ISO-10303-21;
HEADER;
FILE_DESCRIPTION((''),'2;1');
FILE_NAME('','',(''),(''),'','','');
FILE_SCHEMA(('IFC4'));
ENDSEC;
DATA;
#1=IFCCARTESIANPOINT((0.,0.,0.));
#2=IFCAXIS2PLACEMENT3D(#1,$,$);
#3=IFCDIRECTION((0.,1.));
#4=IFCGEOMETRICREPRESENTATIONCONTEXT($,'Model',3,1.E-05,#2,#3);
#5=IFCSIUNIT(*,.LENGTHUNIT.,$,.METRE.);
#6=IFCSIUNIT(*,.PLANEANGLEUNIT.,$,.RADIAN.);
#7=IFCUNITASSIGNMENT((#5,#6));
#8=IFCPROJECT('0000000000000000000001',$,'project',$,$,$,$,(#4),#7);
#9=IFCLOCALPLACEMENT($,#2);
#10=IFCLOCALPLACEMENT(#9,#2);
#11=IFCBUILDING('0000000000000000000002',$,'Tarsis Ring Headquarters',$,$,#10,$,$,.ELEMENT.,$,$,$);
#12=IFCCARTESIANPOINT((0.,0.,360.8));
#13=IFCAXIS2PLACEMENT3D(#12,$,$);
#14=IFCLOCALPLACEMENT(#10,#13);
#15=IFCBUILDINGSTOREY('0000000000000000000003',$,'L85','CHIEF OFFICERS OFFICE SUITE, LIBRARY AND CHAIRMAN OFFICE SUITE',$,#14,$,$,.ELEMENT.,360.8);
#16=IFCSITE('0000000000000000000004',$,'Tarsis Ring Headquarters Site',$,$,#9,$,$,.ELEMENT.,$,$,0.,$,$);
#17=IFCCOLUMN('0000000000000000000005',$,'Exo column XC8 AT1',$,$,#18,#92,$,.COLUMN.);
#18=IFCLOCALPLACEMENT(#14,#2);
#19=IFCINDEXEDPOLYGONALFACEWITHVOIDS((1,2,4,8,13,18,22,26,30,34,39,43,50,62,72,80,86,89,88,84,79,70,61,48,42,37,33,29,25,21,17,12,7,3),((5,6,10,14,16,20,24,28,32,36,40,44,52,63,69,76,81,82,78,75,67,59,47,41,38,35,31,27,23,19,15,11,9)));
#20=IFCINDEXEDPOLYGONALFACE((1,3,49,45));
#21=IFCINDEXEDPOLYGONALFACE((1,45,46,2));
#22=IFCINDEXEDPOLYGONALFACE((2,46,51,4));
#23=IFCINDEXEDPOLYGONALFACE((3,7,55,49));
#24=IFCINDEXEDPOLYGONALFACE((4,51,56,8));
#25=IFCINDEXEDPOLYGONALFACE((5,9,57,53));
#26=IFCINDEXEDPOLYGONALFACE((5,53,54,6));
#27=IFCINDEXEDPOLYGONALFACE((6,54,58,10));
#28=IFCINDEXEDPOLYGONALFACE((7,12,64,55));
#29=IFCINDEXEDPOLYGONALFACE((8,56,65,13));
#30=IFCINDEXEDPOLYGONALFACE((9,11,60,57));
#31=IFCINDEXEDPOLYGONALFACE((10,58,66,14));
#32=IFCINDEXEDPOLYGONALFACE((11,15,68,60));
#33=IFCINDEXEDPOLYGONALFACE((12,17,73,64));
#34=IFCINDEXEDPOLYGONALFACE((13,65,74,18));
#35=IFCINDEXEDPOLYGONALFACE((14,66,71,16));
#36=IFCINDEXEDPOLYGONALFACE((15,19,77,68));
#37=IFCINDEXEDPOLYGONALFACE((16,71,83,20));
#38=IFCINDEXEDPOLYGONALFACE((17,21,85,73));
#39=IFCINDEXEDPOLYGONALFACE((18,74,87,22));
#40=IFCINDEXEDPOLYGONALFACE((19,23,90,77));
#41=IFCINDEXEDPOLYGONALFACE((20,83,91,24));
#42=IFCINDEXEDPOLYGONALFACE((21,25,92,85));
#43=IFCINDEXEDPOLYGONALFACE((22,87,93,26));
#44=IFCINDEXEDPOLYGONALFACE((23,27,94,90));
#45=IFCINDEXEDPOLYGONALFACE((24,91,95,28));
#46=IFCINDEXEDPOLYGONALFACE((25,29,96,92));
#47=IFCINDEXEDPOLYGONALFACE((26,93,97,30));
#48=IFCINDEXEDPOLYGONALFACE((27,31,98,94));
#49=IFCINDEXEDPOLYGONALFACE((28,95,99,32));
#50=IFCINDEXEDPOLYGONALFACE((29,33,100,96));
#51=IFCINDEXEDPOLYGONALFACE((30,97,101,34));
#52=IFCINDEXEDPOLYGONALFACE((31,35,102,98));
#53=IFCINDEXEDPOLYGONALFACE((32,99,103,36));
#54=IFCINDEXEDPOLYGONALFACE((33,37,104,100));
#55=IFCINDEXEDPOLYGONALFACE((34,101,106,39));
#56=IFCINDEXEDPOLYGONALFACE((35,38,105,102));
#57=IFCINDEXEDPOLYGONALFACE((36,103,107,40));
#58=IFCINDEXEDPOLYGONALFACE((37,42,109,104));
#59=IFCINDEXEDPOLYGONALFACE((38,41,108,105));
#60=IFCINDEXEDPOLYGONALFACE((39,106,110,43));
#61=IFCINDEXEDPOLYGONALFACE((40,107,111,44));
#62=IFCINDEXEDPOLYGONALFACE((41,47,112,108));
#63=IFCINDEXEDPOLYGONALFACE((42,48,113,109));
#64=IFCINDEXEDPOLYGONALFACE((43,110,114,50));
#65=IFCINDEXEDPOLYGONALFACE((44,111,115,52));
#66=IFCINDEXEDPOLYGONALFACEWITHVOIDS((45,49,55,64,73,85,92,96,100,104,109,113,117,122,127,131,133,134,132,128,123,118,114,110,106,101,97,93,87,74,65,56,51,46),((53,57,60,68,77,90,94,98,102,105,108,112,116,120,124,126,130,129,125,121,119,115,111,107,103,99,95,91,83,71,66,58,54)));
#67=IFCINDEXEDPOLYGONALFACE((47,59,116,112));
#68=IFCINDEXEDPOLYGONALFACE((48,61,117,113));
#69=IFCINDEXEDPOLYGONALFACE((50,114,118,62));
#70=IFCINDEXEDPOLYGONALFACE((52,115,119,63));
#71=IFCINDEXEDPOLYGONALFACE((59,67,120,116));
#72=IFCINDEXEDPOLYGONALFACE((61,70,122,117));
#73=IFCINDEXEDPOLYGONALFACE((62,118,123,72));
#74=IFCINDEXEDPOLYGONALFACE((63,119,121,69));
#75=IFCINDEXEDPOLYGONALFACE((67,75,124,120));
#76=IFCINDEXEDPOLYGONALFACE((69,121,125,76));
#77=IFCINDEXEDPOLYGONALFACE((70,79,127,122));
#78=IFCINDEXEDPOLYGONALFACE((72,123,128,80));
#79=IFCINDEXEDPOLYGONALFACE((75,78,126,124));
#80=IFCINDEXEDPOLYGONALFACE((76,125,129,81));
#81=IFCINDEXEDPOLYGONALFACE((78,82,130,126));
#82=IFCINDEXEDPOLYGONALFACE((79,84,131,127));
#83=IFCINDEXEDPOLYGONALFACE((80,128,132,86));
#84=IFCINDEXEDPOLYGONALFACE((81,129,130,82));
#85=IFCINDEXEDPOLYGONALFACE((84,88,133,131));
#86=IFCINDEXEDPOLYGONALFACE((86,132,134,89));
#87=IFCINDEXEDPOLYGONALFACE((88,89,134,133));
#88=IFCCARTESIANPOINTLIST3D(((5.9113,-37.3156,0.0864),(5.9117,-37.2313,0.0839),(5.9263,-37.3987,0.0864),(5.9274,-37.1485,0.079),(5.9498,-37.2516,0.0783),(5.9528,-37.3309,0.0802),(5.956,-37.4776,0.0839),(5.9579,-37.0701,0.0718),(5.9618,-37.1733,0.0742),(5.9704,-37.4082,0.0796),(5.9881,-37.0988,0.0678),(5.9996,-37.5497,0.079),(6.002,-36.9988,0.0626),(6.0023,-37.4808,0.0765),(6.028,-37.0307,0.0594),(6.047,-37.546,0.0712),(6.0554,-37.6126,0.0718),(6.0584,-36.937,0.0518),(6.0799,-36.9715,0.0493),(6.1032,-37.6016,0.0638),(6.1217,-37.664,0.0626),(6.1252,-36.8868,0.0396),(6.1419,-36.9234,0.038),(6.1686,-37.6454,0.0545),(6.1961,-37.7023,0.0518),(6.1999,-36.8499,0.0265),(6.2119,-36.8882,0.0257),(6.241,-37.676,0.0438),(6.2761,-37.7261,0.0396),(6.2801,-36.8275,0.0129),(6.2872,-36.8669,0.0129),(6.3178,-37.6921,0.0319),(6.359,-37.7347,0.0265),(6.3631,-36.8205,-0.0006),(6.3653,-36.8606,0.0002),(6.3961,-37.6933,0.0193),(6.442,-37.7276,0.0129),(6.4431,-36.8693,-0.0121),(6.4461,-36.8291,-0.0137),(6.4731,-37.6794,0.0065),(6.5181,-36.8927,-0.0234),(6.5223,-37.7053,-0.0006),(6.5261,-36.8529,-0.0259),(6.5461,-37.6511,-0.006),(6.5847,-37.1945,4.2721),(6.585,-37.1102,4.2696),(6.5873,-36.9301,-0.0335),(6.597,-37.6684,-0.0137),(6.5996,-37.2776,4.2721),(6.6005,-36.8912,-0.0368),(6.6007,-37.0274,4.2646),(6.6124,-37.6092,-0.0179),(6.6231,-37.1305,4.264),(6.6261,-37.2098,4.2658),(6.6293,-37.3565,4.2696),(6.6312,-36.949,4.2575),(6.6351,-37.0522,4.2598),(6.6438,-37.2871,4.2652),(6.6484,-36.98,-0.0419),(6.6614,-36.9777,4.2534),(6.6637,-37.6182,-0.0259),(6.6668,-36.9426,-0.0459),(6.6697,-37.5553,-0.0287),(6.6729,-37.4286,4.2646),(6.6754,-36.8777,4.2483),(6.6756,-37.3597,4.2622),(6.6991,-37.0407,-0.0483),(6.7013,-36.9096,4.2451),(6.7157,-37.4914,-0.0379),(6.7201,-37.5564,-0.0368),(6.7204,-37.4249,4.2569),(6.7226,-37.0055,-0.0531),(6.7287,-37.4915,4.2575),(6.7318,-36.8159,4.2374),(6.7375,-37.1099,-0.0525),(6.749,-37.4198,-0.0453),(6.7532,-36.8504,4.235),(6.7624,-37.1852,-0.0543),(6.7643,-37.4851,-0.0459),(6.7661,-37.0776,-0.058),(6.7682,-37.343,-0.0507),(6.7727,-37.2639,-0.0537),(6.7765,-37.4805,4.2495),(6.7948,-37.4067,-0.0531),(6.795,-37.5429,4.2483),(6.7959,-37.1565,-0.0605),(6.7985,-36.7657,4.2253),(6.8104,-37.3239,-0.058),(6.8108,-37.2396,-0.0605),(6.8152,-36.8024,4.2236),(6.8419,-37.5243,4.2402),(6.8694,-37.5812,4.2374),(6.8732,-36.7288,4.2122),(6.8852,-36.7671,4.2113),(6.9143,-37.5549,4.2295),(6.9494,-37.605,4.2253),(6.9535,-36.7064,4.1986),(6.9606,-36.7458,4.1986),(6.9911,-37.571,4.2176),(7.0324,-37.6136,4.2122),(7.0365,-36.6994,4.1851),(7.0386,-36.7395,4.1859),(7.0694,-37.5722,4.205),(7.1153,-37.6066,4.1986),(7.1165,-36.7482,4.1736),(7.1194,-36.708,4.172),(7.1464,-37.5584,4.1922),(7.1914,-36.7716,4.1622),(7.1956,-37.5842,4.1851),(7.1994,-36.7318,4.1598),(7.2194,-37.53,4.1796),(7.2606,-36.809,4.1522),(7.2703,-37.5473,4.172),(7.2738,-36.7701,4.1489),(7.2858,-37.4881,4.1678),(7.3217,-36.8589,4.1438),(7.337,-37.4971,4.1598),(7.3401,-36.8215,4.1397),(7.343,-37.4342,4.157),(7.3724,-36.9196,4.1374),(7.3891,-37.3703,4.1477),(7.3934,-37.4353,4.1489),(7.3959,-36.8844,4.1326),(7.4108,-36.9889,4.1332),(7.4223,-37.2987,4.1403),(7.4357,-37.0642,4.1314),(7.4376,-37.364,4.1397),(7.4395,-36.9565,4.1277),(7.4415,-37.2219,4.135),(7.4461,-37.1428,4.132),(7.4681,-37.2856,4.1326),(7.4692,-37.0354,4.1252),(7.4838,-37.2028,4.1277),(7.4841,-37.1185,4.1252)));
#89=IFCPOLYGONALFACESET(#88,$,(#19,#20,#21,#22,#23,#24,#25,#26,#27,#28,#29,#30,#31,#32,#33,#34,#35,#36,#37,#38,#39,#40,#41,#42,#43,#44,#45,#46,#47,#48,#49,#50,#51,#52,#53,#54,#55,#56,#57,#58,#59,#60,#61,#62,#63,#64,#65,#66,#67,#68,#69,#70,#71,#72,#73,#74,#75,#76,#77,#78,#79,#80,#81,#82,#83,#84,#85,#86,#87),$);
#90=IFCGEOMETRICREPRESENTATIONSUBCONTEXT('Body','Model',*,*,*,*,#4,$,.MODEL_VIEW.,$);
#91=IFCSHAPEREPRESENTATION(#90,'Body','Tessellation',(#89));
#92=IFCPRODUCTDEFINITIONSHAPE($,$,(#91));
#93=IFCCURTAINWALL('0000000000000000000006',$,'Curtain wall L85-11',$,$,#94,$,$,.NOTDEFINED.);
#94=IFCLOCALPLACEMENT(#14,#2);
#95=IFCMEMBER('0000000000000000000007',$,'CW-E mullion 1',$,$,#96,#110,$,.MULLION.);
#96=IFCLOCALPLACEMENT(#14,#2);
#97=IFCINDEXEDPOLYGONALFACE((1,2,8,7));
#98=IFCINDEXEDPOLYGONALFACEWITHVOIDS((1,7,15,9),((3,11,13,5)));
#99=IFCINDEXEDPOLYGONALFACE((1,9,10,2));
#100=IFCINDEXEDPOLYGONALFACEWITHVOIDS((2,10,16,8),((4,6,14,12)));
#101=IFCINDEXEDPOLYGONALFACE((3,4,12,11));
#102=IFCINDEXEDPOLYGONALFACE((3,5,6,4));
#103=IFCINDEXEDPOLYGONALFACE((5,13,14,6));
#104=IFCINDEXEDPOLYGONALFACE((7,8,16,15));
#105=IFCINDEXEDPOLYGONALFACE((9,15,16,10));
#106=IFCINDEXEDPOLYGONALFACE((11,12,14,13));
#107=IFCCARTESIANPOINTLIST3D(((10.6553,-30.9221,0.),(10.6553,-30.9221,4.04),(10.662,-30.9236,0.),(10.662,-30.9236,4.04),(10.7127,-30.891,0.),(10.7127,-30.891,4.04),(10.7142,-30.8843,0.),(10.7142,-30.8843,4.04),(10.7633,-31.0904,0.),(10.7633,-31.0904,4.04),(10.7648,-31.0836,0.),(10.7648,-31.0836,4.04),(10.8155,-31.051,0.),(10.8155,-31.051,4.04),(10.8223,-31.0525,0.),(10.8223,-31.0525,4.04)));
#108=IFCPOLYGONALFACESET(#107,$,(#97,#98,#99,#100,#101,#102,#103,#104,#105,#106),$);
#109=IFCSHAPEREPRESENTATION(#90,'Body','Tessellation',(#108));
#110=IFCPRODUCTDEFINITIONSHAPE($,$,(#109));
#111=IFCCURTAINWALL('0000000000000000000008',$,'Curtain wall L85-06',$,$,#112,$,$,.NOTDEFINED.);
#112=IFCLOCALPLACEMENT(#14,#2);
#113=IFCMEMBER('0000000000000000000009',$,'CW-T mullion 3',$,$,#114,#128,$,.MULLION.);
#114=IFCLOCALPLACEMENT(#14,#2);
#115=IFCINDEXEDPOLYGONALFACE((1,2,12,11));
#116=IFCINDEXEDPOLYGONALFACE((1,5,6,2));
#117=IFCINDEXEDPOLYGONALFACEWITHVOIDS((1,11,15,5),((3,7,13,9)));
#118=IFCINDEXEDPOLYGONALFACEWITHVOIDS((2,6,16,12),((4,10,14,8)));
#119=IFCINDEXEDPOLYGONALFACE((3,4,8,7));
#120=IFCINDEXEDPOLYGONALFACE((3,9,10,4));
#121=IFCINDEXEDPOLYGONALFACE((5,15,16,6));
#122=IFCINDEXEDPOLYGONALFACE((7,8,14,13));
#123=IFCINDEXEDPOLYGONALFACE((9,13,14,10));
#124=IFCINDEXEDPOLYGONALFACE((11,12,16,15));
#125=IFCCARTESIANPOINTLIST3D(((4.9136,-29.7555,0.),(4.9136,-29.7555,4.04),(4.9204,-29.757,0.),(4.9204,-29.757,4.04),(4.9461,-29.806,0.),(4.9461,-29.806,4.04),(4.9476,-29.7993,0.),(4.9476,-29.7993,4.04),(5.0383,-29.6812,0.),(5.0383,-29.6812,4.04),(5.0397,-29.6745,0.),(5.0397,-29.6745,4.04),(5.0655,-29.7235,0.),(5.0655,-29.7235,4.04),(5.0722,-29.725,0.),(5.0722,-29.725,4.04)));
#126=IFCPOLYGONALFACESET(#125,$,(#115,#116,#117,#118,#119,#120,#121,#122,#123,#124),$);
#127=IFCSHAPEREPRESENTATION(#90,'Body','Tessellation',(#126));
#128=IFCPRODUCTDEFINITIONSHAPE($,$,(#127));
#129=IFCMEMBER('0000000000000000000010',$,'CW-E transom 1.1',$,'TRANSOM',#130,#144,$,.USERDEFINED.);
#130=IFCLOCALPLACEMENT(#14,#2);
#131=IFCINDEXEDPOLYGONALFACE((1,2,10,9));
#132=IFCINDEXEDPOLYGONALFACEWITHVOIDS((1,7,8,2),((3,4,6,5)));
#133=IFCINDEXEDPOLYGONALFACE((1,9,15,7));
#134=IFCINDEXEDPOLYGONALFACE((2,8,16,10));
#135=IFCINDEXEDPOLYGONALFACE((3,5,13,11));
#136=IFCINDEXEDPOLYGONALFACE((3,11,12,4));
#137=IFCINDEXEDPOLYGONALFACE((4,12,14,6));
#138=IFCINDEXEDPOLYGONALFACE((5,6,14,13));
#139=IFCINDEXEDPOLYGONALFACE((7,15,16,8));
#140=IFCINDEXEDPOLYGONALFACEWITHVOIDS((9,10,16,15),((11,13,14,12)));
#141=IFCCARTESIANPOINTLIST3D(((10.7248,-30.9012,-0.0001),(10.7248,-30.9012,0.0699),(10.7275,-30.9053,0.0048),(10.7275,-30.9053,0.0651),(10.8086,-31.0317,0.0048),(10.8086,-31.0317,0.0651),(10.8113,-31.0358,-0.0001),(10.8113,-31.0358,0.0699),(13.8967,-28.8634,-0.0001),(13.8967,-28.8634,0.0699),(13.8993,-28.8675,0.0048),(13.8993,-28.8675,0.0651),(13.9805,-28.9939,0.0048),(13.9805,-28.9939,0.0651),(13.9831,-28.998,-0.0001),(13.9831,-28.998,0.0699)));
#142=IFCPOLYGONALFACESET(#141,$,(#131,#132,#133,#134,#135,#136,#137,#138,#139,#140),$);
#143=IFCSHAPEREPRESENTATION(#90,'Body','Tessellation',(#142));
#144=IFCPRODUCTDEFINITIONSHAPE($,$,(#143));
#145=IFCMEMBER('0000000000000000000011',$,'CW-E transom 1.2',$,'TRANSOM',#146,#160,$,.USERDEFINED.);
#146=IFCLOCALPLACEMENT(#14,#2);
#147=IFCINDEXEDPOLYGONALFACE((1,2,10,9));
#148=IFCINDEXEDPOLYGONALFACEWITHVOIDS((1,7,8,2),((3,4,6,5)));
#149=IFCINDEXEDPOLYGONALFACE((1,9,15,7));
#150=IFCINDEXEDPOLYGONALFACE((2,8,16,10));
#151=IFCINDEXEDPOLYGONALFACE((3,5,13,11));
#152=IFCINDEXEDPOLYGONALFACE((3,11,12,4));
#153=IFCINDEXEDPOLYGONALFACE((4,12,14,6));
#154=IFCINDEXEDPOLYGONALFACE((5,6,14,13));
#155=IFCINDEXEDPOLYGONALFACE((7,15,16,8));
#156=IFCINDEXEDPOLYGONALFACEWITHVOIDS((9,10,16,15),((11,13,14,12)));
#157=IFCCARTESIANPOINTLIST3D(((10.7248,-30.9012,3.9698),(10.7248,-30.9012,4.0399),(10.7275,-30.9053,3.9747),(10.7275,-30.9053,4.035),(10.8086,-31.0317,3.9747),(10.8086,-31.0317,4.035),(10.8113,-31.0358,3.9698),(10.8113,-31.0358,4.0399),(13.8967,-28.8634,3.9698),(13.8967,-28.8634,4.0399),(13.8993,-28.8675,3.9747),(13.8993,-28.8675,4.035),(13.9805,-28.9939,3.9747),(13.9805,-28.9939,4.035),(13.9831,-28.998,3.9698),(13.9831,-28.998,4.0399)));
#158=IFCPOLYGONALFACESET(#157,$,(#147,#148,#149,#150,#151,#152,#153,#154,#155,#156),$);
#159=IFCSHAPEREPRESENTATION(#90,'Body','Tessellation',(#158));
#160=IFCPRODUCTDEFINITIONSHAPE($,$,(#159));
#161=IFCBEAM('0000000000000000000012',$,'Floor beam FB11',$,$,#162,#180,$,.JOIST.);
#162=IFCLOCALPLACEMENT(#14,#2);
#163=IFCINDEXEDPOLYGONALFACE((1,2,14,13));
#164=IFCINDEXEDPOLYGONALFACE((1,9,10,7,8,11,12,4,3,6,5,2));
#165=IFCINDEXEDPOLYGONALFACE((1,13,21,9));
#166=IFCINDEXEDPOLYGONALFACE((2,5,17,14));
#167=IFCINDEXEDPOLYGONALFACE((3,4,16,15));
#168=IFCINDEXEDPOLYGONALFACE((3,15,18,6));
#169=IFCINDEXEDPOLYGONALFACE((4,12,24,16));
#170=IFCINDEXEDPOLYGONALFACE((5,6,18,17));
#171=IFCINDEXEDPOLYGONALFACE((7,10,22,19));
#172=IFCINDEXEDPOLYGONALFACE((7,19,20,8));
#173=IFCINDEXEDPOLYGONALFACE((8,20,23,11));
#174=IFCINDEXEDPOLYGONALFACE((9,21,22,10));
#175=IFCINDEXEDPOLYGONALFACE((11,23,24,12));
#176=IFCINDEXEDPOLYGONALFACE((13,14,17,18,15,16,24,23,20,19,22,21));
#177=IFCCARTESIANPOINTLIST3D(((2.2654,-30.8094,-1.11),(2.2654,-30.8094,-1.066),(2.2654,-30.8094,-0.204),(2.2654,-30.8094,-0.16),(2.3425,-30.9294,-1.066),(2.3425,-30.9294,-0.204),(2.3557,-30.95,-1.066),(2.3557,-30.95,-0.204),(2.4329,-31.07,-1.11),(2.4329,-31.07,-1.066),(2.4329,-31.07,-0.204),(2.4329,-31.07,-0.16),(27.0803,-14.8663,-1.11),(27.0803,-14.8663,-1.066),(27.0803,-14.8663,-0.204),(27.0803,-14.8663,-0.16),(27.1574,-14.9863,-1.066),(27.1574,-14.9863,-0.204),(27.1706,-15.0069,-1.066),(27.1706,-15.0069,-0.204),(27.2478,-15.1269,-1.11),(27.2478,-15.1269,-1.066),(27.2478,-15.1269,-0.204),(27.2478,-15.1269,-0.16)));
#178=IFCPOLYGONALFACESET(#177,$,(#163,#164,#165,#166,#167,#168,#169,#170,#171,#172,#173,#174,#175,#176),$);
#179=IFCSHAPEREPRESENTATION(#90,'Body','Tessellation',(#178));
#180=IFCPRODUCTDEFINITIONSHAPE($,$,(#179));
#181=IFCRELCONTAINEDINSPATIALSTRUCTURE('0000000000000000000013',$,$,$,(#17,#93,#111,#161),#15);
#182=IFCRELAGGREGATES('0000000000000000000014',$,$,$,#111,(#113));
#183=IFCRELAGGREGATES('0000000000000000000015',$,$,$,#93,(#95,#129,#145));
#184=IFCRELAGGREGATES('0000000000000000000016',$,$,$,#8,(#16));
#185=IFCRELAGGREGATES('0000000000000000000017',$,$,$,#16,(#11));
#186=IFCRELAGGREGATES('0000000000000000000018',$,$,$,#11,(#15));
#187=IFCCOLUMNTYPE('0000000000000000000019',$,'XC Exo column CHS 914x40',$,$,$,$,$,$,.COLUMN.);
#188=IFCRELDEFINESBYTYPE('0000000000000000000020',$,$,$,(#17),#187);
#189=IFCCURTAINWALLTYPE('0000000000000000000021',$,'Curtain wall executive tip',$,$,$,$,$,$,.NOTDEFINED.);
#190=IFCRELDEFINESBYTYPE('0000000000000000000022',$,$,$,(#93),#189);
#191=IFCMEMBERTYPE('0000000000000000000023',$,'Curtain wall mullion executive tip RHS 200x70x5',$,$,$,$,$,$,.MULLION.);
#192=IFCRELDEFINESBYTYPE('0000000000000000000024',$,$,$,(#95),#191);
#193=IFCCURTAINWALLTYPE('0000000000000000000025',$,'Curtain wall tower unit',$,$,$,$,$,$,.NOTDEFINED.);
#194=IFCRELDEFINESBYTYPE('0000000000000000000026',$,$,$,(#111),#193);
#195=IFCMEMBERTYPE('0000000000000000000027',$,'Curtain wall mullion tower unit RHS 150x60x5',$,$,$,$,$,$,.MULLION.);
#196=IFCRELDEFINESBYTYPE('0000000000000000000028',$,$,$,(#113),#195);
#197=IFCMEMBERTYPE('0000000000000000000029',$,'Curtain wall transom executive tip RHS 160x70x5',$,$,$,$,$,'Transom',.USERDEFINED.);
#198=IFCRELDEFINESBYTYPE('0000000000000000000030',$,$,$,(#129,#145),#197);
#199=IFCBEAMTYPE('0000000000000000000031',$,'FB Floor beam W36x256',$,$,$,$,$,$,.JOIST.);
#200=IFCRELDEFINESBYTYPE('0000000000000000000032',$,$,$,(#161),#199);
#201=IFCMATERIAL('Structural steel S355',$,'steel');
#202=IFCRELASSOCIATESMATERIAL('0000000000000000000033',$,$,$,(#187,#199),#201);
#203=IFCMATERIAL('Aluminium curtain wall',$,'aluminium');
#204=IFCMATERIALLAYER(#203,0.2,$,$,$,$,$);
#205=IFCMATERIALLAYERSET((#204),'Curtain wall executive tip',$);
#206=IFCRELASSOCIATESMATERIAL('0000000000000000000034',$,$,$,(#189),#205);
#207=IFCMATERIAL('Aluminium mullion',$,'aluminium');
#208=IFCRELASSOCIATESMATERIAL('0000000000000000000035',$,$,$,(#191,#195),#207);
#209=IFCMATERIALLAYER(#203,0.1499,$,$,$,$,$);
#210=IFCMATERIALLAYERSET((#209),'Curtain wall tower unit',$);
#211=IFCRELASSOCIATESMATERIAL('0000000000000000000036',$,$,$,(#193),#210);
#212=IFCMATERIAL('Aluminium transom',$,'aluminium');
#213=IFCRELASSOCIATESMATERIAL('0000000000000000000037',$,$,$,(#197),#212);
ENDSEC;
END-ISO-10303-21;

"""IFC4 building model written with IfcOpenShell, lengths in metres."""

from ifc_helpers import new_model, si_unit, direction, frame, origin, origin_2d, place, context, subcontext, project, spatial, hollow_rectangle, hollow_circle, i_section, extrude, material, layer, layer_set, material_profile, profile_set, type_object, element, aggregate, save


model = new_model("IFC4")

# Units and contexts
model_context = context("Model", 3, precision=1e-05, world=origin(), true_north=direction((0.0, 1.0)))
body_context = subcontext(model_context, "Body", "Model", "MODEL_VIEW")
ifc_project = project(units=[si_unit("LENGTHUNIT", "METRE"), si_unit("PLANEANGLEUNIT", "RADIAN")], contexts=[model_context])

# Site, building, storey
site_placement = place(None, origin())
site = spatial("IfcSite", under=ifc_project, at=site_placement, Name="Tarsis Ring Headquarters Site", CompositionType="ELEMENT", RefElevation=0.0)
building_placement = place(site_placement, origin())
building = spatial("IfcBuilding", under=site, at=building_placement, Name="Tarsis Ring Headquarters", CompositionType="ELEMENT")
storey_placement = place(building_placement, frame((0.0, 0.0, 360.8)))
storey = spatial("IfcBuildingStorey", under=building, at=storey_placement, Name="L85", Description="CHIEF OFFICERS OFFICE SUITE, LIBRARY AND CHAIRMAN OFFICE SUITE", CompositionType="ELEMENT", Elevation=360.8)

# Column
ifc_material_1 = material(Name="Structural steel S355", Category="steel")
ifc_material_profile_1 = material_profile(ifc_material_1, hollow_circle(Radius=0.457, WallThickness=0.04, at=origin_2d()), Name="CHS 914x40")
ifc_profile_set_1 = profile_set([ifc_material_profile_1], Name="Structural steel S355")
column_type = type_object("IfcColumnType", Name="XC Exo column CHS 914x40", PredefinedType="COLUMN", material=ifc_profile_set_1)
column_placement = place(storey_placement, frame((6.3611, -37.2776, 0.0129), z_axis=(0.158757, 0.028551, 0.986905), x_axis=(-0.177001, 0.984211, 0.0)))
element("IfcColumn", 1, at=column_placement, inside=storey, type_object=column_type, Name="Exo column XC8 AT1", PredefinedType="COLUMN", context=body_context, shape_type="SweptSolid", body=[
    extrude(hollow_circle(Radius=0.4573, WallThickness=0.04, at=origin_2d()), origin(), (0.0, 0.0, 1.0), 4.2412),
])

# Curtain walls, members
ifc_material_2 = material(Name="Aluminium curtain wall", Category="aluminium")
ifc_layer_1 = layer(ifc_material_2, 0.2)
ifc_layer_set_1 = layer_set([ifc_layer_1], Name="Curtain wall executive tip")
curtain_wall_type_1 = type_object("IfcCurtainWallType", Name="Curtain wall executive tip", PredefinedType="NOTDEFINED", material=ifc_layer_set_1)
curtain_wall_1_placement = place(storey_placement, origin())
curtain_wall_1 = element("IfcCurtainWall", 2, at=curtain_wall_1_placement, inside=storey, type_object=curtain_wall_type_1, Name="Curtain wall L85-11", PredefinedType="NOTDEFINED")
ifc_material_3 = material(Name="Aluminium mullion", Category="aluminium")
ifc_material_profile_2 = material_profile(ifc_material_3, hollow_rectangle(XDim=0.2, YDim=0.0701, WallThickness=0.0049, at=origin_2d()), Name="RHS 200x70x5")
ifc_profile_set_2 = profile_set([ifc_material_profile_2], Name="Aluminium mullion")
member_type_1 = type_object("IfcMemberType", Name="Curtain wall mullion executive tip RHS 200x70x5", PredefinedType="MULLION", material=ifc_profile_set_2)
member_1_placement = place(storey_placement, frame((10.7388, -30.9873, 0.0), z_axis=(0.0, 0.0, 1.0), x_axis=(-0.540534, 0.841322, 0.0)))
member_1 = element("IfcMember", 3, at=member_1_placement, type_object=member_type_1, Name="CW-E mullion 1", PredefinedType="MULLION", context=body_context, shape_type="SweptSolid", body=[
    extrude(hollow_rectangle(XDim=0.2, YDim=0.0701, WallThickness=0.0049, at=origin_2d()), origin(), (0.0, 0.0, 1.0), 4.04),
])
ifc_layer_2 = layer(ifc_material_2, 0.1499)
ifc_layer_set_2 = layer_set([ifc_layer_2], Name="Curtain wall tower unit")
curtain_wall_type_2 = type_object("IfcCurtainWallType", Name="Curtain wall tower unit", PredefinedType="NOTDEFINED", material=ifc_layer_set_2)
curtain_wall_2_placement = place(storey_placement, origin())
curtain_wall_2 = element("IfcCurtainWall", 4, at=curtain_wall_2_placement, inside=storey, type_object=curtain_wall_type_2, Name="Curtain wall L85-06", PredefinedType="NOTDEFINED")
ifc_material_profile_3 = material_profile(ifc_material_3, hollow_rectangle(XDim=0.1499, YDim=0.0601, WallThickness=0.0049, at=origin_2d()), Name="RHS 150x60x5")
ifc_profile_set_3 = profile_set([ifc_material_profile_3], Name="Aluminium mullion")
member_type_2 = type_object("IfcMemberType", Name="Curtain wall mullion tower unit RHS 150x60x5", PredefinedType="MULLION", material=ifc_profile_set_3)
member_2_placement = place(storey_placement, frame((4.9929, -29.7402, 0.0), z_axis=(0.0, 0.0, 1.0), x_axis=(0.841322, 0.540534, 0.0)))
member_2 = element("IfcMember", 5, at=member_2_placement, type_object=member_type_2, Name="CW-T mullion 3", PredefinedType="MULLION", context=body_context, shape_type="SweptSolid", body=[
    extrude(hollow_rectangle(XDim=0.1499, YDim=0.0601, WallThickness=0.0049, at=origin_2d()), origin(), (0.0, 0.0, 1.0), 4.04),
])
aggregate(curtain_wall_2, [member_2])

# Members
ifc_material_4 = material(Name="Aluminium transom", Category="aluminium")
ifc_material_profile_4 = material_profile(ifc_material_4, hollow_rectangle(XDim=0.1599, YDim=0.0701, WallThickness=0.0049, at=origin_2d()), Name="RHS 160x70x5")
ifc_profile_set_4 = profile_set([ifc_material_profile_4], Name="Aluminium transom")
member_type_3 = type_object("IfcMemberType", Name="Curtain wall transom executive tip RHS 160x70x5", ElementType="Transom", PredefinedType="USERDEFINED", material=ifc_profile_set_4)
member_3_placement = place(storey_placement, frame((10.7681, -30.9685, 0.0349), z_axis=(0.841326, 0.540528, 0.0), x_axis=(-0.540528, 0.841326, 0.0)))
member_3 = element("IfcMember", 6, at=member_3_placement, type_object=member_type_3, Name="CW-E transom 1.1", ObjectType="TRANSOM", PredefinedType="USERDEFINED", context=body_context, shape_type="SweptSolid", body=[
    extrude(hollow_rectangle(XDim=0.1599, YDim=0.0701, WallThickness=0.0049, at=origin_2d()), origin(), (0.0, 0.0, 1.0), 3.77),
])
member_4_placement = place(storey_placement, frame((10.7681, -30.9685, 4.0049), z_axis=(0.841326, 0.540528, 0.0), x_axis=(-0.540528, 0.841326, 0.0)))
member_4 = element("IfcMember", 7, at=member_4_placement, type_object=member_type_3, Name="CW-E transom 1.2", ObjectType="TRANSOM", PredefinedType="USERDEFINED", context=body_context, shape_type="SweptSolid", body=[
    extrude(hollow_rectangle(XDim=0.1599, YDim=0.0701, WallThickness=0.0049, at=origin_2d()), origin(), (0.0, 0.0, 1.0), 3.77),
])

# Beam
ifc_material_profile_5 = material_profile(ifc_material_1, i_section(OverallWidth=0.3098, OverallDepth=0.95, WebThickness=0.0244, FlangeThickness=0.0439, at=origin_2d()), Name="W36x256")
ifc_profile_set_5 = profile_set([ifc_material_profile_5], Name="Structural steel S355")
beam_type_1 = type_object("IfcBeamType", Name="FB Floor beam W36x256", PredefinedType="JOIST", material=ifc_profile_set_5)
beam_1_placement = place(storey_placement, frame((2.3491, -30.9397, -0.635), z_axis=(0.841323, 0.540533, 0.0), x_axis=(-0.540533, 0.841323, 0.0)))
element("IfcBeam", 8, at=beam_1_placement, inside=storey, type_object=beam_type_1, Name="Floor beam FB11", PredefinedType="JOIST", context=body_context, shape_type="SweptSolid", body=[
    extrude(i_section(OverallWidth=0.3098, OverallDepth=0.95, WebThickness=0.0244, FlangeThickness=0.0439, at=origin_2d()), origin(), (0.0, 0.0, 1.0), 29.4951),
])

aggregate(curtain_wall_1, [member_1, member_3, member_4])

save(model, "model.ifc")
